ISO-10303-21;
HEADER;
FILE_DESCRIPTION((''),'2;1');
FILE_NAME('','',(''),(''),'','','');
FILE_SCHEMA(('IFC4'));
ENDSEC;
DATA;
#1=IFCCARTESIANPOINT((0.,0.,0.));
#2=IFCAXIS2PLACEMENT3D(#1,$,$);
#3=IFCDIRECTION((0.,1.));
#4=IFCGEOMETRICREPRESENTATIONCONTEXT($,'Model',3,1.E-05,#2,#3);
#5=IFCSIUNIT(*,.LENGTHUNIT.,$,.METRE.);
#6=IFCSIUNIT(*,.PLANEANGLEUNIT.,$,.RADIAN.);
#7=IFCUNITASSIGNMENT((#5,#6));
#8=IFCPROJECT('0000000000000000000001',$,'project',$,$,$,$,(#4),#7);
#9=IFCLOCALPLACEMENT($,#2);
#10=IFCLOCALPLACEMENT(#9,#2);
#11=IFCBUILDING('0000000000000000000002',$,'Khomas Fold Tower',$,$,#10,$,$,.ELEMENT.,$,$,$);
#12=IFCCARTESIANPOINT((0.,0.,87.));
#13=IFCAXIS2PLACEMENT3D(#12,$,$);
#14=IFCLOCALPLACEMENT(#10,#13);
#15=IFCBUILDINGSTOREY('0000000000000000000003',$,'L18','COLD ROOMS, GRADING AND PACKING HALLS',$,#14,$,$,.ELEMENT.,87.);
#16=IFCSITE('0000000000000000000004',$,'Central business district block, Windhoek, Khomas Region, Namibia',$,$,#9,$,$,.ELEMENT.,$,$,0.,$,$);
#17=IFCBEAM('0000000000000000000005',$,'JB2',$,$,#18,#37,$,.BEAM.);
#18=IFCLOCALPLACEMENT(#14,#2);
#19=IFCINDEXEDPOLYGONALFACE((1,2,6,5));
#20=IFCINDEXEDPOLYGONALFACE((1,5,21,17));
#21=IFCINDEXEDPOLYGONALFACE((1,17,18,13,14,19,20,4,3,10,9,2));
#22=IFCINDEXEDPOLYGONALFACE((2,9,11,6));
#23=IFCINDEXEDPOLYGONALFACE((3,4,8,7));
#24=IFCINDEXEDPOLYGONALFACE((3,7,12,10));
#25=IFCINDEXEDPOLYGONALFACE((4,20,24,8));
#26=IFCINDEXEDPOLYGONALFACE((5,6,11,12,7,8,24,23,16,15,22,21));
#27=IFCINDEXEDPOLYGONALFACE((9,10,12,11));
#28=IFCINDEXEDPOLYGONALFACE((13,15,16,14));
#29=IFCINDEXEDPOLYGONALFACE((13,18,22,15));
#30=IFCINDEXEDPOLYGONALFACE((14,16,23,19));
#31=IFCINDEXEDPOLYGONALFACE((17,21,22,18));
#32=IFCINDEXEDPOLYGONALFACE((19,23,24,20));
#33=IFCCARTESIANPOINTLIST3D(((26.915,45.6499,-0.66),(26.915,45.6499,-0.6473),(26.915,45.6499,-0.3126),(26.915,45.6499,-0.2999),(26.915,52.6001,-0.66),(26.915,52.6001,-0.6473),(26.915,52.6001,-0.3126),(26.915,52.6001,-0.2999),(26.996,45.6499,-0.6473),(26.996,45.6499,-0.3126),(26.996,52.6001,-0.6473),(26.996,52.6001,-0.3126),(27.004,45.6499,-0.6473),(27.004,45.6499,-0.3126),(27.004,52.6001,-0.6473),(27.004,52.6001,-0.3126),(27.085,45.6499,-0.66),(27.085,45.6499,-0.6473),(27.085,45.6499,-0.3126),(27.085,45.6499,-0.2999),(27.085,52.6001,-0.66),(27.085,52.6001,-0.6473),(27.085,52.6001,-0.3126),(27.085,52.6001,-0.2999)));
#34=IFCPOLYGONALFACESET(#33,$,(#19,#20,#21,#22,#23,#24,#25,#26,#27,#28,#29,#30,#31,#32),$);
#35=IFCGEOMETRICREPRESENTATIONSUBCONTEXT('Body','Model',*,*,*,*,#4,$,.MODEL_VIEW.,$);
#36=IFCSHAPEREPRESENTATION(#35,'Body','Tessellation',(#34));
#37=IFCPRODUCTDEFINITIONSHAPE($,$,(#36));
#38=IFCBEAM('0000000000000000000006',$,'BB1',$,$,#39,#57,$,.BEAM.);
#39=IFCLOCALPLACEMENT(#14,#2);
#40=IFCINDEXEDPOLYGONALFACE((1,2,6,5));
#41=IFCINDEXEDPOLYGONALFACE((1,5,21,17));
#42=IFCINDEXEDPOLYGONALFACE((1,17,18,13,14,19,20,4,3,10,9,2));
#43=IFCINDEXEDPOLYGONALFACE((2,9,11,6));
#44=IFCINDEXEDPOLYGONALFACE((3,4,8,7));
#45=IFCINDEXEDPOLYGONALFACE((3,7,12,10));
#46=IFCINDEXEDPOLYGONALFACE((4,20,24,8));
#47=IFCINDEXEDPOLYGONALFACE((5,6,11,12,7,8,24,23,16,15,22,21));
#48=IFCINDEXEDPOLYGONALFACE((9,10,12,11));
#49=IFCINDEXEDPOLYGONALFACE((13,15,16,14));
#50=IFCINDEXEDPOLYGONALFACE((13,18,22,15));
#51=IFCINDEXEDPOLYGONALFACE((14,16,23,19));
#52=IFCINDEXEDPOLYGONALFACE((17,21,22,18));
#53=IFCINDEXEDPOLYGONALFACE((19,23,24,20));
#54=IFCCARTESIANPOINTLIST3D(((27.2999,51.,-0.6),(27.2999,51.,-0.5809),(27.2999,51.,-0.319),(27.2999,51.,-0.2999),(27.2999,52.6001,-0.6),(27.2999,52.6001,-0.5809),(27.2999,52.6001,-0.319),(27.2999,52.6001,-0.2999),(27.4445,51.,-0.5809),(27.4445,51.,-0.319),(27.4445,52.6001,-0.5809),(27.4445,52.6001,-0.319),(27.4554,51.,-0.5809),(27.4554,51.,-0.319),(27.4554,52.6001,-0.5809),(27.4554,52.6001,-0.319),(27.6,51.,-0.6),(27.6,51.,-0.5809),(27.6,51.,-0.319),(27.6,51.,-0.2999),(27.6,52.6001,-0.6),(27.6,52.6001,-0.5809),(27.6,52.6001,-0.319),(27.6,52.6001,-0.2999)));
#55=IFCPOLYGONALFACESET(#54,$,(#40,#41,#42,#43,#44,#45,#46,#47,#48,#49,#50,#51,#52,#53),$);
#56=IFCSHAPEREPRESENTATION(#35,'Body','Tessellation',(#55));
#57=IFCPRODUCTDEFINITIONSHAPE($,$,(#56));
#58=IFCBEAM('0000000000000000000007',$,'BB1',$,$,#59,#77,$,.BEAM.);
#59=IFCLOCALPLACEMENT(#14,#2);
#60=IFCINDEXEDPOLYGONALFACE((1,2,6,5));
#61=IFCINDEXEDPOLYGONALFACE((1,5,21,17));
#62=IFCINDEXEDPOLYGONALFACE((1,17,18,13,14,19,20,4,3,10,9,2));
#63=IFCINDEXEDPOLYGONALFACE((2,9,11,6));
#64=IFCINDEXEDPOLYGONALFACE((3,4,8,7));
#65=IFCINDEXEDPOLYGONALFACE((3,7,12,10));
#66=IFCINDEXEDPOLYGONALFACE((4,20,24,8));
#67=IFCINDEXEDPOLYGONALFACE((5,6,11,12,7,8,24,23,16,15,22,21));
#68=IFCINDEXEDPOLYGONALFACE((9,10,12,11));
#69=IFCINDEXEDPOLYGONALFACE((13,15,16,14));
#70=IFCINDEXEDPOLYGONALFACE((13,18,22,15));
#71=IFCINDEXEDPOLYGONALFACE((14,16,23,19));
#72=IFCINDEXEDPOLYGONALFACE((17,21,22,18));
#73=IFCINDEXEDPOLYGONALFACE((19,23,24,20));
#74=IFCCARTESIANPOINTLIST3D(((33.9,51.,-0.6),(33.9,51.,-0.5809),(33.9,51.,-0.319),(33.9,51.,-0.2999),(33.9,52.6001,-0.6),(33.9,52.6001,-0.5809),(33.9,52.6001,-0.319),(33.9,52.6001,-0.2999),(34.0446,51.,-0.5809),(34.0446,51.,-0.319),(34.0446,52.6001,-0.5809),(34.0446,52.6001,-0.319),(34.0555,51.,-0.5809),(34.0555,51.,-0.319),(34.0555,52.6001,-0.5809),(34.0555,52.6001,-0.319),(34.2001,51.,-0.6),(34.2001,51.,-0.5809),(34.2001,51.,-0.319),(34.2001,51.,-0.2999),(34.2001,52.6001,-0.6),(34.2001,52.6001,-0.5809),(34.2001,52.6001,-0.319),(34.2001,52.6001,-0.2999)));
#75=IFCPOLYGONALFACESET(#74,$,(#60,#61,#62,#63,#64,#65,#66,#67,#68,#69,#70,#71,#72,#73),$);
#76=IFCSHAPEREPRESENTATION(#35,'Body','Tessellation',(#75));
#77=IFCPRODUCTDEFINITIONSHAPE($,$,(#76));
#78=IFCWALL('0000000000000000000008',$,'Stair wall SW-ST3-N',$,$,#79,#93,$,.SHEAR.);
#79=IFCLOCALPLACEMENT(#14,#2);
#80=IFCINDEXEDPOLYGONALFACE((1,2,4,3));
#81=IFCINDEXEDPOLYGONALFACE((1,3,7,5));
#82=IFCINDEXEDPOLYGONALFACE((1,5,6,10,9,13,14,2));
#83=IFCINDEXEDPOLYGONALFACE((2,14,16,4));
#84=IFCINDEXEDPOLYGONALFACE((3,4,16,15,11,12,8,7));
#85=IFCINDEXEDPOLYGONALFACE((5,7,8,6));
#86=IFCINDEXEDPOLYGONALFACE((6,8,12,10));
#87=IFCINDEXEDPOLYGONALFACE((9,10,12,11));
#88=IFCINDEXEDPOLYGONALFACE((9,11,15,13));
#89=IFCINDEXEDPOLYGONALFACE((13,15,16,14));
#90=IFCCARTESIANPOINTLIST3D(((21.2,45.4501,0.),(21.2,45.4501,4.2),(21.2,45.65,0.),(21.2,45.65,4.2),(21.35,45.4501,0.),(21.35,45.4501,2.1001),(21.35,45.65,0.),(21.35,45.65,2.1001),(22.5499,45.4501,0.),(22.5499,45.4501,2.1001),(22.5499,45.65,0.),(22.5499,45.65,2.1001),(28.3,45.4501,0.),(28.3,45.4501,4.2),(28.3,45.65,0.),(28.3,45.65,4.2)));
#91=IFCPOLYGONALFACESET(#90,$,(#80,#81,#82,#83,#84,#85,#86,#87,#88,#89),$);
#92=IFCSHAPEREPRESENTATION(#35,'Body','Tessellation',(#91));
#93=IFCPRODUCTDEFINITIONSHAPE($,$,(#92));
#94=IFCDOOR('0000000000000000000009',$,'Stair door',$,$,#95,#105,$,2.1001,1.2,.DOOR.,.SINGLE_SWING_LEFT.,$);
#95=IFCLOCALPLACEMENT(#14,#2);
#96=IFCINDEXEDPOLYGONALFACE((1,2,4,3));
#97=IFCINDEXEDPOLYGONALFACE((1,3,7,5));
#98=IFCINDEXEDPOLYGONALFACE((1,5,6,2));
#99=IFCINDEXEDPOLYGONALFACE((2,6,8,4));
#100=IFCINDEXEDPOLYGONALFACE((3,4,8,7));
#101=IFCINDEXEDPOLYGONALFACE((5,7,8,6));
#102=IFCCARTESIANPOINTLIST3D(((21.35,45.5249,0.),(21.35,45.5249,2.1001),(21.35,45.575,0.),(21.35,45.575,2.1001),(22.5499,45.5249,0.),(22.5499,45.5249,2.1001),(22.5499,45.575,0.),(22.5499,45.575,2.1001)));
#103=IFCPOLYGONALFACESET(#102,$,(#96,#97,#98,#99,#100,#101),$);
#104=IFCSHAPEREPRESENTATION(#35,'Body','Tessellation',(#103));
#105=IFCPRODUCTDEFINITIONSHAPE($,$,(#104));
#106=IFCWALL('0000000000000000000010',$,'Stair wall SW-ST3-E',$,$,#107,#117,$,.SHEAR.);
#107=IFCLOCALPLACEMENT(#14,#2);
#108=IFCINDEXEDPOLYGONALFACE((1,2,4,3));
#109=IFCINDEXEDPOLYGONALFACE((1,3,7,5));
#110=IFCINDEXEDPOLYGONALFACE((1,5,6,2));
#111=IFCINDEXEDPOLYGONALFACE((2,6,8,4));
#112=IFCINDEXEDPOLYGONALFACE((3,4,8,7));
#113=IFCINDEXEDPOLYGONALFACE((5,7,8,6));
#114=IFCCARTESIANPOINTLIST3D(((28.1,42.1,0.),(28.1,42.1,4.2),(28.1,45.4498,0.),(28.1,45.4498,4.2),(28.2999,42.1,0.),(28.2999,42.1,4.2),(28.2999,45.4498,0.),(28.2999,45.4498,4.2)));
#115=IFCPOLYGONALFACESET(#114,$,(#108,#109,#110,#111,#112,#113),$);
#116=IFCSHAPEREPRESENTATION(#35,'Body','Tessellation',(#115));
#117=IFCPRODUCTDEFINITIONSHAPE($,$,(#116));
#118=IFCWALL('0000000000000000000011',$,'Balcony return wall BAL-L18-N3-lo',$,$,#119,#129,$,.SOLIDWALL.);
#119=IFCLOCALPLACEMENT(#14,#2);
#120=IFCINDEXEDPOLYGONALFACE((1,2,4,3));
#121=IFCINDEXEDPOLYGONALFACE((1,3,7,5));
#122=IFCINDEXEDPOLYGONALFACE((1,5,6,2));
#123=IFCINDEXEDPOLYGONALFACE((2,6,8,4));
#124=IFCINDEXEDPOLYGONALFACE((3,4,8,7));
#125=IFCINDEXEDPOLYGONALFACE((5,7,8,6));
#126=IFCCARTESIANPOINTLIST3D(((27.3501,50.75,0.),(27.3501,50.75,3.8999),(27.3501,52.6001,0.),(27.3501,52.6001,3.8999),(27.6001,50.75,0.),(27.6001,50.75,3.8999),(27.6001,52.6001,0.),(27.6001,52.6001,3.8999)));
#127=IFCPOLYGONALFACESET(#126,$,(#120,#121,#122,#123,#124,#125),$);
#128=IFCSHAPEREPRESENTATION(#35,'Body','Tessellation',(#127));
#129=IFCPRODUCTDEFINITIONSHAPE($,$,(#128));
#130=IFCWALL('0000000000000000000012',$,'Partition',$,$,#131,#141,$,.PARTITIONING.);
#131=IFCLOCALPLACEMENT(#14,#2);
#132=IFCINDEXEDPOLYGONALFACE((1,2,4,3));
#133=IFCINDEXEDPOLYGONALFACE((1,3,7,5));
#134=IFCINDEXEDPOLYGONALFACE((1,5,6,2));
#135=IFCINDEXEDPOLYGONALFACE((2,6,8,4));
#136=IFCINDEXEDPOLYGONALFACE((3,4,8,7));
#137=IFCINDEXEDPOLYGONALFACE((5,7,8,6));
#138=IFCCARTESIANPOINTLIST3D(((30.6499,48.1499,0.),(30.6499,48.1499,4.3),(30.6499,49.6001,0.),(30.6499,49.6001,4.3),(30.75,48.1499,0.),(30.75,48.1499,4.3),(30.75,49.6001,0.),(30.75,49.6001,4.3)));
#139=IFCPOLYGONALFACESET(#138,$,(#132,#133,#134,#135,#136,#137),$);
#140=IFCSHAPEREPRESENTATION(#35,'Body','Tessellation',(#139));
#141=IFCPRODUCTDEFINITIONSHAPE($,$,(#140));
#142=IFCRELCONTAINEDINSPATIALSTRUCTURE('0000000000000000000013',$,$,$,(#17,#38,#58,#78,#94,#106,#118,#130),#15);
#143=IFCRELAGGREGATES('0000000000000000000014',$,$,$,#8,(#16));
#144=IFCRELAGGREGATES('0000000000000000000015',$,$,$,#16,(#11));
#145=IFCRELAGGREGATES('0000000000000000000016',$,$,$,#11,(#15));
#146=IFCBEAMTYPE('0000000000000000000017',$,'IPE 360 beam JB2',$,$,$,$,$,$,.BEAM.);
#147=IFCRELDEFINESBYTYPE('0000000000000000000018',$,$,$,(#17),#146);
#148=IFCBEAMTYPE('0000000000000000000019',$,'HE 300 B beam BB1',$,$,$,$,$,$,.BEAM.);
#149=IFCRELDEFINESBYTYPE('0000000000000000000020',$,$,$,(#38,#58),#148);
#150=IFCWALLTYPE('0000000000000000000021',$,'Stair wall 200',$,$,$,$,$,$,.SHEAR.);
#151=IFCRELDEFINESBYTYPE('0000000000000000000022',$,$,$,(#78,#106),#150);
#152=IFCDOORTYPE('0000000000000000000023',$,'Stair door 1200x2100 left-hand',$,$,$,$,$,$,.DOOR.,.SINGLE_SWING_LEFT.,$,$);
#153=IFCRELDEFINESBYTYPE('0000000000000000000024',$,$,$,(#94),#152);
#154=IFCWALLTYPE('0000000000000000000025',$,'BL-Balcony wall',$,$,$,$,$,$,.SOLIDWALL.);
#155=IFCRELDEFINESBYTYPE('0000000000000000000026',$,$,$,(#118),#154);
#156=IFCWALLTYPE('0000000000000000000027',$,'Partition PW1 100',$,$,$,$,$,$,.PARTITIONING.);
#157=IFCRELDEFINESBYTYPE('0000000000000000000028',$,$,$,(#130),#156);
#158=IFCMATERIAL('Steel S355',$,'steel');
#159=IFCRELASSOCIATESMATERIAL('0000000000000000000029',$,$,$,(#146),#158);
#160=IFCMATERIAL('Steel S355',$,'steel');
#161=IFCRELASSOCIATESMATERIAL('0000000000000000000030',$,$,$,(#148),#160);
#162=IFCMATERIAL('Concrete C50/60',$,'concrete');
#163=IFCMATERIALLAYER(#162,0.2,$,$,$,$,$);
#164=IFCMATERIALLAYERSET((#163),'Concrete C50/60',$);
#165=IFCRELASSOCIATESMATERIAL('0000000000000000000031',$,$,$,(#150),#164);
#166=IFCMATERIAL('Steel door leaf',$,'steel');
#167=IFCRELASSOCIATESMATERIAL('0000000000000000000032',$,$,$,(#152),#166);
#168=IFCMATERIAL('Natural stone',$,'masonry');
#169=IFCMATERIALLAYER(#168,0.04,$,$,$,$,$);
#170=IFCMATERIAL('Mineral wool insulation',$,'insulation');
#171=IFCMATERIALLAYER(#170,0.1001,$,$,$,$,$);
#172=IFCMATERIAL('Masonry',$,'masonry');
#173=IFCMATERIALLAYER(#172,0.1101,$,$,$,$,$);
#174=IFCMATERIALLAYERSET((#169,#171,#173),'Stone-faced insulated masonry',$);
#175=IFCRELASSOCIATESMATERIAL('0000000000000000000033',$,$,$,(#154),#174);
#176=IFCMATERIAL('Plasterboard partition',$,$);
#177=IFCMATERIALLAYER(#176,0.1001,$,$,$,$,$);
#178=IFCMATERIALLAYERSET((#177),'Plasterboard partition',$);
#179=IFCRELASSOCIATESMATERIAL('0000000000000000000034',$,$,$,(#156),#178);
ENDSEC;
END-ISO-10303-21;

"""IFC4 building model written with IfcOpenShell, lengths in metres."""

from ifc_helpers import new_model, si_unit, direction, frame, frame_2d, origin, origin_2d, place, context, subcontext, project, spatial, rectangle, i_section, extrude, source, transform, mapped, material, layer, layer_set, material_profile, profile_set, type_object, element, fill, save


model = new_model("IFC4")

# Units and contexts
model_context = context("Model", 3, precision=1e-05, world=origin(), true_north=direction((0.0, 1.0)))
body_context = subcontext(model_context, "Body", "Model", "MODEL_VIEW")
ifc_project = project(units=[si_unit("LENGTHUNIT", "METRE"), si_unit("PLANEANGLEUNIT", "RADIAN")], contexts=[model_context])

# Site, building, storey
site_placement = place(None, origin())
site = spatial("IfcSite", under=ifc_project, at=site_placement, Name="Central business district block, Windhoek, Khomas Region, Namibia", CompositionType="ELEMENT", RefElevation=0.0)
building_placement = place(site_placement, origin())
building = spatial("IfcBuilding", under=site, at=building_placement, Name="Khomas Fold Tower", CompositionType="ELEMENT")
storey_placement = place(building_placement, frame((0.0, 0.0, 87.0)))
storey = spatial("IfcBuildingStorey", under=building, at=storey_placement, Name="L18", Description="COLD ROOMS, GRADING AND PACKING HALLS", CompositionType="ELEMENT", Elevation=87.0)

# Beams
ifc_material_1 = material(Name="Steel S355", Category="steel")
ifc_material_profile_1 = material_profile(ifc_material_1, i_section(OverallWidth=0.1699, OverallDepth=0.3601, WebThickness=0.0081, FlangeThickness=0.0127, at=origin_2d()), Name="IPE 360")
ifc_profile_set_1 = profile_set([ifc_material_profile_1], Name="Steel S355")
beam_type_1 = type_object("IfcBeamType", Name="IPE 360 beam JB2", PredefinedType="BEAM", material=ifc_profile_set_1)
shared_shape_1 = source(origin(), body_context, "Body", "SweptSolid", [
    extrude(i_section(OverallWidth=0.1699, OverallDepth=0.3601, WebThickness=0.0081, FlangeThickness=0.0127, at=origin_2d()), origin(), (0.0, 0.0, 1.0), 6.9502),
])
beam_placement = place(storey_placement, frame((27.0, 45.6499, -0.48), z_axis=(0.0, 1.0, 0.0), x_axis=(-1.0, 0.0, 0.0)))
element("IfcBeam", 1, at=beam_placement, inside=storey, type_object=beam_type_1, Name="JB2", PredefinedType="BEAM", context=body_context, shape_type="MappedRepresentation", body=[
    mapped(shared_shape_1, transform((0.0, 0.0, 0.0))),
])
ifc_material_2 = material(Name="Steel S355", Category="steel")
ifc_material_profile_2 = material_profile(ifc_material_2, i_section(OverallWidth=0.3, OverallDepth=0.3, WebThickness=0.011, FlangeThickness=0.019, at=origin_2d()), Name="HE 300 B")
ifc_profile_set_2 = profile_set([ifc_material_profile_2], Name="Steel S355")
beam_type_2 = type_object("IfcBeamType", Name="HE 300 B beam BB1", PredefinedType="BEAM", material=ifc_profile_set_2)
shared_shape_2 = source(origin(), body_context, "Body", "SweptSolid", [
    extrude(i_section(OverallWidth=0.3, OverallDepth=0.3, WebThickness=0.011, FlangeThickness=0.019, at=origin_2d()), origin(), (0.0, 0.0, 1.0), 1.6001),
])
for number, where, z_axis, x_axis, name in (
    (2, (27.45, 51.0, -0.45), (0.0, 1.0, 0.0), (-1.0, 0.0, 0.0), "BB1"),
    (3, (34.05, 51.0, -0.45), (0.0, 1.0, 0.0), (-1.0, 0.0, 0.0), "BB1"),
):
    element("IfcBeam", number, at=place(storey_placement, frame(where, z_axis=z_axis, x_axis=x_axis)), inside=storey, type_object=beam_type_2, Name=name, PredefinedType="BEAM", context=body_context, shape_type="MappedRepresentation", body=[
        mapped(shared_shape_2, transform((0.0, 0.0, 0.0))),
    ])

# Wall, opening, door
ifc_material_3 = material(Name="Concrete C50/60", Category="concrete")
ifc_layer_1 = layer(ifc_material_3, 0.2)
ifc_layer_set_1 = layer_set([ifc_layer_1], Name="Concrete C50/60")
wall_type_1 = type_object("IfcWallType", Name="Stair wall 200", PredefinedType="SHEAR", material=ifc_layer_set_1)
shared_shape_3 = source(origin(), body_context, "Body", "SweptSolid", [
    extrude(rectangle(XDim=7.1001, YDim=0.2, at=frame_2d((3.55, 0.0))), origin(), (0.0, 0.0, 1.0), 4.2),
])
wall_1_placement = place(storey_placement, frame((21.2, 45.55, 0.0), z_axis=(0.0, 0.0, 1.0), x_axis=(1.0, 0.0, 0.0)))
wall_1 = element("IfcWall", 4, at=wall_1_placement, inside=storey, type_object=wall_type_1, Name="Stair wall SW-ST3-N", PredefinedType="SHEAR", context=body_context, shape_type="MappedRepresentation", body=[
    mapped(shared_shape_3, transform((0.0, 0.0, 0.0))),
])
shared_shape_4 = source(origin(), body_context, "Body", "SweptSolid", [
    extrude(rectangle(XDim=1.2, YDim=2.1001, at=frame_2d((0.6001, 1.05))), frame((0.0, 0.1099, 0.0), z_axis=(0.0, -1.0, 0.0), x_axis=(1.0, 0.0, 0.0)), (0.0, 0.0, 1.0), 0.22),
])
opening_1_placement = place(wall_1_placement, frame((0.1499, 0.0, 0.0)))
opening_1 = element("IfcOpeningElement", 5, at=opening_1_placement, cuts=wall_1, PredefinedType="OPENING", context=body_context, shape_type="MappedRepresentation", body=[
    mapped(shared_shape_4, transform((0.0, 0.0, 0.0))),
])
ifc_material_4 = material(Name="Steel door leaf", Category="steel")
door_type_1 = type_object("IfcDoorType", Name="Stair door 1200x2100 left-hand", OperationType="SINGLE_SWING_LEFT", PredefinedType="DOOR", material=ifc_material_4)
shared_shape_5 = source(origin(), body_context, "Body", "SweptSolid", [
    extrude(rectangle(XDim=1.2, YDim=2.1001, at=frame_2d((0.6001, 1.05))), frame((0.0, 0.0249, 0.0), z_axis=(0.0, -1.0, 0.0), x_axis=(1.0, 0.0, 0.0)), (0.0, 0.0, 1.0), 0.05),
])
door_1_placement = place(opening_1_placement, origin())
door_1 = element("IfcDoor", 6, at=door_1_placement, inside=storey, type_object=door_type_1, Name="Stair door", OperationType="SINGLE_SWING_LEFT", OverallHeight=2.1001, OverallWidth=1.2, PredefinedType="DOOR", context=body_context, shape_type="MappedRepresentation", body=[
    mapped(shared_shape_5, transform((0.0, 0.0, 0.0))),
])
fill(opening_1, door_1)

# Walls
shared_shape_6 = source(origin(), body_context, "Body", "SweptSolid", [
    extrude(rectangle(XDim=3.3499, YDim=0.2, at=frame_2d((1.6748, 0.0))), origin(), (0.0, 0.0, 1.0), 4.2),
])
wall_2_placement = place(storey_placement, frame((28.2, 42.1001, 0.0), z_axis=(0.0, 0.0, 1.0), x_axis=(0.0, 1.0, 0.0)))
element("IfcWall", 7, at=wall_2_placement, inside=storey, type_object=wall_type_1, Name="Stair wall SW-ST3-E", PredefinedType="SHEAR", context=body_context, shape_type="MappedRepresentation", body=[
    mapped(shared_shape_6, transform((0.0, 0.0, 0.0))),
])
ifc_material_5 = material(Name="Natural stone", Category="masonry")
ifc_layer_2 = layer(ifc_material_5, 0.04)
ifc_material_6 = material(Name="Mineral wool insulation", Category="insulation")
ifc_layer_3 = layer(ifc_material_6, 0.1001)
ifc_material_7 = material(Name="Masonry", Category="masonry")
ifc_layer_4 = layer(ifc_material_7, 0.1101)
ifc_layer_set_2 = layer_set([ifc_layer_2, ifc_layer_3, ifc_layer_4], Name="Stone-faced insulated masonry")
wall_type_2 = type_object("IfcWallType", Name="BL-Balcony wall", PredefinedType="SOLIDWALL", material=ifc_layer_set_2)
shared_shape_7 = source(origin(), body_context, "Body", "SweptSolid", [
    extrude(rectangle(XDim=1.8501, YDim=0.25, at=frame_2d((0.925, 0.0))), origin(), (0.0, 0.0, 1.0), 3.8999),
])
wall_3_placement = place(storey_placement, frame((27.4751, 52.6001, 0.0), z_axis=(0.0, 0.0, 1.0), x_axis=(0.0, -1.0, 0.0)))
element("IfcWall", 8, at=wall_3_placement, inside=storey, type_object=wall_type_2, Name="Balcony return wall BAL-L18-N3-lo", PredefinedType="SOLIDWALL", context=body_context, shape_type="MappedRepresentation", body=[
    mapped(shared_shape_7, transform((0.0, 0.0, 0.0))),
])

# Wall
ifc_material_8 = material(Name="Plasterboard partition")
ifc_layer_5 = layer(ifc_material_8, 0.1001)
ifc_layer_set_3 = layer_set([ifc_layer_5], Name="Plasterboard partition")
wall_type_3 = type_object("IfcWallType", Name="Partition PW1 100", PredefinedType="PARTITIONING", material=ifc_layer_set_3)
shared_shape_8 = source(origin(), body_context, "Body", "SweptSolid", [
    extrude(rectangle(XDim=1.4502, YDim=0.1001, at=frame_2d((0.7251, 0.0))), origin(), (0.0, 0.0, 1.0), 4.3),
])
wall_4_placement = place(storey_placement, frame((30.7, 48.1499, 0.0), z_axis=(0.0, 0.0, 1.0), x_axis=(0.0, 1.0, 0.0)))
element("IfcWall", 9, at=wall_4_placement, inside=storey, type_object=wall_type_3, Name="Partition", PredefinedType="PARTITIONING", context=body_context, shape_type="MappedRepresentation", body=[
    mapped(shared_shape_8, transform((0.0, 0.0, 0.0))),
])

save(model, "model.ifc")
